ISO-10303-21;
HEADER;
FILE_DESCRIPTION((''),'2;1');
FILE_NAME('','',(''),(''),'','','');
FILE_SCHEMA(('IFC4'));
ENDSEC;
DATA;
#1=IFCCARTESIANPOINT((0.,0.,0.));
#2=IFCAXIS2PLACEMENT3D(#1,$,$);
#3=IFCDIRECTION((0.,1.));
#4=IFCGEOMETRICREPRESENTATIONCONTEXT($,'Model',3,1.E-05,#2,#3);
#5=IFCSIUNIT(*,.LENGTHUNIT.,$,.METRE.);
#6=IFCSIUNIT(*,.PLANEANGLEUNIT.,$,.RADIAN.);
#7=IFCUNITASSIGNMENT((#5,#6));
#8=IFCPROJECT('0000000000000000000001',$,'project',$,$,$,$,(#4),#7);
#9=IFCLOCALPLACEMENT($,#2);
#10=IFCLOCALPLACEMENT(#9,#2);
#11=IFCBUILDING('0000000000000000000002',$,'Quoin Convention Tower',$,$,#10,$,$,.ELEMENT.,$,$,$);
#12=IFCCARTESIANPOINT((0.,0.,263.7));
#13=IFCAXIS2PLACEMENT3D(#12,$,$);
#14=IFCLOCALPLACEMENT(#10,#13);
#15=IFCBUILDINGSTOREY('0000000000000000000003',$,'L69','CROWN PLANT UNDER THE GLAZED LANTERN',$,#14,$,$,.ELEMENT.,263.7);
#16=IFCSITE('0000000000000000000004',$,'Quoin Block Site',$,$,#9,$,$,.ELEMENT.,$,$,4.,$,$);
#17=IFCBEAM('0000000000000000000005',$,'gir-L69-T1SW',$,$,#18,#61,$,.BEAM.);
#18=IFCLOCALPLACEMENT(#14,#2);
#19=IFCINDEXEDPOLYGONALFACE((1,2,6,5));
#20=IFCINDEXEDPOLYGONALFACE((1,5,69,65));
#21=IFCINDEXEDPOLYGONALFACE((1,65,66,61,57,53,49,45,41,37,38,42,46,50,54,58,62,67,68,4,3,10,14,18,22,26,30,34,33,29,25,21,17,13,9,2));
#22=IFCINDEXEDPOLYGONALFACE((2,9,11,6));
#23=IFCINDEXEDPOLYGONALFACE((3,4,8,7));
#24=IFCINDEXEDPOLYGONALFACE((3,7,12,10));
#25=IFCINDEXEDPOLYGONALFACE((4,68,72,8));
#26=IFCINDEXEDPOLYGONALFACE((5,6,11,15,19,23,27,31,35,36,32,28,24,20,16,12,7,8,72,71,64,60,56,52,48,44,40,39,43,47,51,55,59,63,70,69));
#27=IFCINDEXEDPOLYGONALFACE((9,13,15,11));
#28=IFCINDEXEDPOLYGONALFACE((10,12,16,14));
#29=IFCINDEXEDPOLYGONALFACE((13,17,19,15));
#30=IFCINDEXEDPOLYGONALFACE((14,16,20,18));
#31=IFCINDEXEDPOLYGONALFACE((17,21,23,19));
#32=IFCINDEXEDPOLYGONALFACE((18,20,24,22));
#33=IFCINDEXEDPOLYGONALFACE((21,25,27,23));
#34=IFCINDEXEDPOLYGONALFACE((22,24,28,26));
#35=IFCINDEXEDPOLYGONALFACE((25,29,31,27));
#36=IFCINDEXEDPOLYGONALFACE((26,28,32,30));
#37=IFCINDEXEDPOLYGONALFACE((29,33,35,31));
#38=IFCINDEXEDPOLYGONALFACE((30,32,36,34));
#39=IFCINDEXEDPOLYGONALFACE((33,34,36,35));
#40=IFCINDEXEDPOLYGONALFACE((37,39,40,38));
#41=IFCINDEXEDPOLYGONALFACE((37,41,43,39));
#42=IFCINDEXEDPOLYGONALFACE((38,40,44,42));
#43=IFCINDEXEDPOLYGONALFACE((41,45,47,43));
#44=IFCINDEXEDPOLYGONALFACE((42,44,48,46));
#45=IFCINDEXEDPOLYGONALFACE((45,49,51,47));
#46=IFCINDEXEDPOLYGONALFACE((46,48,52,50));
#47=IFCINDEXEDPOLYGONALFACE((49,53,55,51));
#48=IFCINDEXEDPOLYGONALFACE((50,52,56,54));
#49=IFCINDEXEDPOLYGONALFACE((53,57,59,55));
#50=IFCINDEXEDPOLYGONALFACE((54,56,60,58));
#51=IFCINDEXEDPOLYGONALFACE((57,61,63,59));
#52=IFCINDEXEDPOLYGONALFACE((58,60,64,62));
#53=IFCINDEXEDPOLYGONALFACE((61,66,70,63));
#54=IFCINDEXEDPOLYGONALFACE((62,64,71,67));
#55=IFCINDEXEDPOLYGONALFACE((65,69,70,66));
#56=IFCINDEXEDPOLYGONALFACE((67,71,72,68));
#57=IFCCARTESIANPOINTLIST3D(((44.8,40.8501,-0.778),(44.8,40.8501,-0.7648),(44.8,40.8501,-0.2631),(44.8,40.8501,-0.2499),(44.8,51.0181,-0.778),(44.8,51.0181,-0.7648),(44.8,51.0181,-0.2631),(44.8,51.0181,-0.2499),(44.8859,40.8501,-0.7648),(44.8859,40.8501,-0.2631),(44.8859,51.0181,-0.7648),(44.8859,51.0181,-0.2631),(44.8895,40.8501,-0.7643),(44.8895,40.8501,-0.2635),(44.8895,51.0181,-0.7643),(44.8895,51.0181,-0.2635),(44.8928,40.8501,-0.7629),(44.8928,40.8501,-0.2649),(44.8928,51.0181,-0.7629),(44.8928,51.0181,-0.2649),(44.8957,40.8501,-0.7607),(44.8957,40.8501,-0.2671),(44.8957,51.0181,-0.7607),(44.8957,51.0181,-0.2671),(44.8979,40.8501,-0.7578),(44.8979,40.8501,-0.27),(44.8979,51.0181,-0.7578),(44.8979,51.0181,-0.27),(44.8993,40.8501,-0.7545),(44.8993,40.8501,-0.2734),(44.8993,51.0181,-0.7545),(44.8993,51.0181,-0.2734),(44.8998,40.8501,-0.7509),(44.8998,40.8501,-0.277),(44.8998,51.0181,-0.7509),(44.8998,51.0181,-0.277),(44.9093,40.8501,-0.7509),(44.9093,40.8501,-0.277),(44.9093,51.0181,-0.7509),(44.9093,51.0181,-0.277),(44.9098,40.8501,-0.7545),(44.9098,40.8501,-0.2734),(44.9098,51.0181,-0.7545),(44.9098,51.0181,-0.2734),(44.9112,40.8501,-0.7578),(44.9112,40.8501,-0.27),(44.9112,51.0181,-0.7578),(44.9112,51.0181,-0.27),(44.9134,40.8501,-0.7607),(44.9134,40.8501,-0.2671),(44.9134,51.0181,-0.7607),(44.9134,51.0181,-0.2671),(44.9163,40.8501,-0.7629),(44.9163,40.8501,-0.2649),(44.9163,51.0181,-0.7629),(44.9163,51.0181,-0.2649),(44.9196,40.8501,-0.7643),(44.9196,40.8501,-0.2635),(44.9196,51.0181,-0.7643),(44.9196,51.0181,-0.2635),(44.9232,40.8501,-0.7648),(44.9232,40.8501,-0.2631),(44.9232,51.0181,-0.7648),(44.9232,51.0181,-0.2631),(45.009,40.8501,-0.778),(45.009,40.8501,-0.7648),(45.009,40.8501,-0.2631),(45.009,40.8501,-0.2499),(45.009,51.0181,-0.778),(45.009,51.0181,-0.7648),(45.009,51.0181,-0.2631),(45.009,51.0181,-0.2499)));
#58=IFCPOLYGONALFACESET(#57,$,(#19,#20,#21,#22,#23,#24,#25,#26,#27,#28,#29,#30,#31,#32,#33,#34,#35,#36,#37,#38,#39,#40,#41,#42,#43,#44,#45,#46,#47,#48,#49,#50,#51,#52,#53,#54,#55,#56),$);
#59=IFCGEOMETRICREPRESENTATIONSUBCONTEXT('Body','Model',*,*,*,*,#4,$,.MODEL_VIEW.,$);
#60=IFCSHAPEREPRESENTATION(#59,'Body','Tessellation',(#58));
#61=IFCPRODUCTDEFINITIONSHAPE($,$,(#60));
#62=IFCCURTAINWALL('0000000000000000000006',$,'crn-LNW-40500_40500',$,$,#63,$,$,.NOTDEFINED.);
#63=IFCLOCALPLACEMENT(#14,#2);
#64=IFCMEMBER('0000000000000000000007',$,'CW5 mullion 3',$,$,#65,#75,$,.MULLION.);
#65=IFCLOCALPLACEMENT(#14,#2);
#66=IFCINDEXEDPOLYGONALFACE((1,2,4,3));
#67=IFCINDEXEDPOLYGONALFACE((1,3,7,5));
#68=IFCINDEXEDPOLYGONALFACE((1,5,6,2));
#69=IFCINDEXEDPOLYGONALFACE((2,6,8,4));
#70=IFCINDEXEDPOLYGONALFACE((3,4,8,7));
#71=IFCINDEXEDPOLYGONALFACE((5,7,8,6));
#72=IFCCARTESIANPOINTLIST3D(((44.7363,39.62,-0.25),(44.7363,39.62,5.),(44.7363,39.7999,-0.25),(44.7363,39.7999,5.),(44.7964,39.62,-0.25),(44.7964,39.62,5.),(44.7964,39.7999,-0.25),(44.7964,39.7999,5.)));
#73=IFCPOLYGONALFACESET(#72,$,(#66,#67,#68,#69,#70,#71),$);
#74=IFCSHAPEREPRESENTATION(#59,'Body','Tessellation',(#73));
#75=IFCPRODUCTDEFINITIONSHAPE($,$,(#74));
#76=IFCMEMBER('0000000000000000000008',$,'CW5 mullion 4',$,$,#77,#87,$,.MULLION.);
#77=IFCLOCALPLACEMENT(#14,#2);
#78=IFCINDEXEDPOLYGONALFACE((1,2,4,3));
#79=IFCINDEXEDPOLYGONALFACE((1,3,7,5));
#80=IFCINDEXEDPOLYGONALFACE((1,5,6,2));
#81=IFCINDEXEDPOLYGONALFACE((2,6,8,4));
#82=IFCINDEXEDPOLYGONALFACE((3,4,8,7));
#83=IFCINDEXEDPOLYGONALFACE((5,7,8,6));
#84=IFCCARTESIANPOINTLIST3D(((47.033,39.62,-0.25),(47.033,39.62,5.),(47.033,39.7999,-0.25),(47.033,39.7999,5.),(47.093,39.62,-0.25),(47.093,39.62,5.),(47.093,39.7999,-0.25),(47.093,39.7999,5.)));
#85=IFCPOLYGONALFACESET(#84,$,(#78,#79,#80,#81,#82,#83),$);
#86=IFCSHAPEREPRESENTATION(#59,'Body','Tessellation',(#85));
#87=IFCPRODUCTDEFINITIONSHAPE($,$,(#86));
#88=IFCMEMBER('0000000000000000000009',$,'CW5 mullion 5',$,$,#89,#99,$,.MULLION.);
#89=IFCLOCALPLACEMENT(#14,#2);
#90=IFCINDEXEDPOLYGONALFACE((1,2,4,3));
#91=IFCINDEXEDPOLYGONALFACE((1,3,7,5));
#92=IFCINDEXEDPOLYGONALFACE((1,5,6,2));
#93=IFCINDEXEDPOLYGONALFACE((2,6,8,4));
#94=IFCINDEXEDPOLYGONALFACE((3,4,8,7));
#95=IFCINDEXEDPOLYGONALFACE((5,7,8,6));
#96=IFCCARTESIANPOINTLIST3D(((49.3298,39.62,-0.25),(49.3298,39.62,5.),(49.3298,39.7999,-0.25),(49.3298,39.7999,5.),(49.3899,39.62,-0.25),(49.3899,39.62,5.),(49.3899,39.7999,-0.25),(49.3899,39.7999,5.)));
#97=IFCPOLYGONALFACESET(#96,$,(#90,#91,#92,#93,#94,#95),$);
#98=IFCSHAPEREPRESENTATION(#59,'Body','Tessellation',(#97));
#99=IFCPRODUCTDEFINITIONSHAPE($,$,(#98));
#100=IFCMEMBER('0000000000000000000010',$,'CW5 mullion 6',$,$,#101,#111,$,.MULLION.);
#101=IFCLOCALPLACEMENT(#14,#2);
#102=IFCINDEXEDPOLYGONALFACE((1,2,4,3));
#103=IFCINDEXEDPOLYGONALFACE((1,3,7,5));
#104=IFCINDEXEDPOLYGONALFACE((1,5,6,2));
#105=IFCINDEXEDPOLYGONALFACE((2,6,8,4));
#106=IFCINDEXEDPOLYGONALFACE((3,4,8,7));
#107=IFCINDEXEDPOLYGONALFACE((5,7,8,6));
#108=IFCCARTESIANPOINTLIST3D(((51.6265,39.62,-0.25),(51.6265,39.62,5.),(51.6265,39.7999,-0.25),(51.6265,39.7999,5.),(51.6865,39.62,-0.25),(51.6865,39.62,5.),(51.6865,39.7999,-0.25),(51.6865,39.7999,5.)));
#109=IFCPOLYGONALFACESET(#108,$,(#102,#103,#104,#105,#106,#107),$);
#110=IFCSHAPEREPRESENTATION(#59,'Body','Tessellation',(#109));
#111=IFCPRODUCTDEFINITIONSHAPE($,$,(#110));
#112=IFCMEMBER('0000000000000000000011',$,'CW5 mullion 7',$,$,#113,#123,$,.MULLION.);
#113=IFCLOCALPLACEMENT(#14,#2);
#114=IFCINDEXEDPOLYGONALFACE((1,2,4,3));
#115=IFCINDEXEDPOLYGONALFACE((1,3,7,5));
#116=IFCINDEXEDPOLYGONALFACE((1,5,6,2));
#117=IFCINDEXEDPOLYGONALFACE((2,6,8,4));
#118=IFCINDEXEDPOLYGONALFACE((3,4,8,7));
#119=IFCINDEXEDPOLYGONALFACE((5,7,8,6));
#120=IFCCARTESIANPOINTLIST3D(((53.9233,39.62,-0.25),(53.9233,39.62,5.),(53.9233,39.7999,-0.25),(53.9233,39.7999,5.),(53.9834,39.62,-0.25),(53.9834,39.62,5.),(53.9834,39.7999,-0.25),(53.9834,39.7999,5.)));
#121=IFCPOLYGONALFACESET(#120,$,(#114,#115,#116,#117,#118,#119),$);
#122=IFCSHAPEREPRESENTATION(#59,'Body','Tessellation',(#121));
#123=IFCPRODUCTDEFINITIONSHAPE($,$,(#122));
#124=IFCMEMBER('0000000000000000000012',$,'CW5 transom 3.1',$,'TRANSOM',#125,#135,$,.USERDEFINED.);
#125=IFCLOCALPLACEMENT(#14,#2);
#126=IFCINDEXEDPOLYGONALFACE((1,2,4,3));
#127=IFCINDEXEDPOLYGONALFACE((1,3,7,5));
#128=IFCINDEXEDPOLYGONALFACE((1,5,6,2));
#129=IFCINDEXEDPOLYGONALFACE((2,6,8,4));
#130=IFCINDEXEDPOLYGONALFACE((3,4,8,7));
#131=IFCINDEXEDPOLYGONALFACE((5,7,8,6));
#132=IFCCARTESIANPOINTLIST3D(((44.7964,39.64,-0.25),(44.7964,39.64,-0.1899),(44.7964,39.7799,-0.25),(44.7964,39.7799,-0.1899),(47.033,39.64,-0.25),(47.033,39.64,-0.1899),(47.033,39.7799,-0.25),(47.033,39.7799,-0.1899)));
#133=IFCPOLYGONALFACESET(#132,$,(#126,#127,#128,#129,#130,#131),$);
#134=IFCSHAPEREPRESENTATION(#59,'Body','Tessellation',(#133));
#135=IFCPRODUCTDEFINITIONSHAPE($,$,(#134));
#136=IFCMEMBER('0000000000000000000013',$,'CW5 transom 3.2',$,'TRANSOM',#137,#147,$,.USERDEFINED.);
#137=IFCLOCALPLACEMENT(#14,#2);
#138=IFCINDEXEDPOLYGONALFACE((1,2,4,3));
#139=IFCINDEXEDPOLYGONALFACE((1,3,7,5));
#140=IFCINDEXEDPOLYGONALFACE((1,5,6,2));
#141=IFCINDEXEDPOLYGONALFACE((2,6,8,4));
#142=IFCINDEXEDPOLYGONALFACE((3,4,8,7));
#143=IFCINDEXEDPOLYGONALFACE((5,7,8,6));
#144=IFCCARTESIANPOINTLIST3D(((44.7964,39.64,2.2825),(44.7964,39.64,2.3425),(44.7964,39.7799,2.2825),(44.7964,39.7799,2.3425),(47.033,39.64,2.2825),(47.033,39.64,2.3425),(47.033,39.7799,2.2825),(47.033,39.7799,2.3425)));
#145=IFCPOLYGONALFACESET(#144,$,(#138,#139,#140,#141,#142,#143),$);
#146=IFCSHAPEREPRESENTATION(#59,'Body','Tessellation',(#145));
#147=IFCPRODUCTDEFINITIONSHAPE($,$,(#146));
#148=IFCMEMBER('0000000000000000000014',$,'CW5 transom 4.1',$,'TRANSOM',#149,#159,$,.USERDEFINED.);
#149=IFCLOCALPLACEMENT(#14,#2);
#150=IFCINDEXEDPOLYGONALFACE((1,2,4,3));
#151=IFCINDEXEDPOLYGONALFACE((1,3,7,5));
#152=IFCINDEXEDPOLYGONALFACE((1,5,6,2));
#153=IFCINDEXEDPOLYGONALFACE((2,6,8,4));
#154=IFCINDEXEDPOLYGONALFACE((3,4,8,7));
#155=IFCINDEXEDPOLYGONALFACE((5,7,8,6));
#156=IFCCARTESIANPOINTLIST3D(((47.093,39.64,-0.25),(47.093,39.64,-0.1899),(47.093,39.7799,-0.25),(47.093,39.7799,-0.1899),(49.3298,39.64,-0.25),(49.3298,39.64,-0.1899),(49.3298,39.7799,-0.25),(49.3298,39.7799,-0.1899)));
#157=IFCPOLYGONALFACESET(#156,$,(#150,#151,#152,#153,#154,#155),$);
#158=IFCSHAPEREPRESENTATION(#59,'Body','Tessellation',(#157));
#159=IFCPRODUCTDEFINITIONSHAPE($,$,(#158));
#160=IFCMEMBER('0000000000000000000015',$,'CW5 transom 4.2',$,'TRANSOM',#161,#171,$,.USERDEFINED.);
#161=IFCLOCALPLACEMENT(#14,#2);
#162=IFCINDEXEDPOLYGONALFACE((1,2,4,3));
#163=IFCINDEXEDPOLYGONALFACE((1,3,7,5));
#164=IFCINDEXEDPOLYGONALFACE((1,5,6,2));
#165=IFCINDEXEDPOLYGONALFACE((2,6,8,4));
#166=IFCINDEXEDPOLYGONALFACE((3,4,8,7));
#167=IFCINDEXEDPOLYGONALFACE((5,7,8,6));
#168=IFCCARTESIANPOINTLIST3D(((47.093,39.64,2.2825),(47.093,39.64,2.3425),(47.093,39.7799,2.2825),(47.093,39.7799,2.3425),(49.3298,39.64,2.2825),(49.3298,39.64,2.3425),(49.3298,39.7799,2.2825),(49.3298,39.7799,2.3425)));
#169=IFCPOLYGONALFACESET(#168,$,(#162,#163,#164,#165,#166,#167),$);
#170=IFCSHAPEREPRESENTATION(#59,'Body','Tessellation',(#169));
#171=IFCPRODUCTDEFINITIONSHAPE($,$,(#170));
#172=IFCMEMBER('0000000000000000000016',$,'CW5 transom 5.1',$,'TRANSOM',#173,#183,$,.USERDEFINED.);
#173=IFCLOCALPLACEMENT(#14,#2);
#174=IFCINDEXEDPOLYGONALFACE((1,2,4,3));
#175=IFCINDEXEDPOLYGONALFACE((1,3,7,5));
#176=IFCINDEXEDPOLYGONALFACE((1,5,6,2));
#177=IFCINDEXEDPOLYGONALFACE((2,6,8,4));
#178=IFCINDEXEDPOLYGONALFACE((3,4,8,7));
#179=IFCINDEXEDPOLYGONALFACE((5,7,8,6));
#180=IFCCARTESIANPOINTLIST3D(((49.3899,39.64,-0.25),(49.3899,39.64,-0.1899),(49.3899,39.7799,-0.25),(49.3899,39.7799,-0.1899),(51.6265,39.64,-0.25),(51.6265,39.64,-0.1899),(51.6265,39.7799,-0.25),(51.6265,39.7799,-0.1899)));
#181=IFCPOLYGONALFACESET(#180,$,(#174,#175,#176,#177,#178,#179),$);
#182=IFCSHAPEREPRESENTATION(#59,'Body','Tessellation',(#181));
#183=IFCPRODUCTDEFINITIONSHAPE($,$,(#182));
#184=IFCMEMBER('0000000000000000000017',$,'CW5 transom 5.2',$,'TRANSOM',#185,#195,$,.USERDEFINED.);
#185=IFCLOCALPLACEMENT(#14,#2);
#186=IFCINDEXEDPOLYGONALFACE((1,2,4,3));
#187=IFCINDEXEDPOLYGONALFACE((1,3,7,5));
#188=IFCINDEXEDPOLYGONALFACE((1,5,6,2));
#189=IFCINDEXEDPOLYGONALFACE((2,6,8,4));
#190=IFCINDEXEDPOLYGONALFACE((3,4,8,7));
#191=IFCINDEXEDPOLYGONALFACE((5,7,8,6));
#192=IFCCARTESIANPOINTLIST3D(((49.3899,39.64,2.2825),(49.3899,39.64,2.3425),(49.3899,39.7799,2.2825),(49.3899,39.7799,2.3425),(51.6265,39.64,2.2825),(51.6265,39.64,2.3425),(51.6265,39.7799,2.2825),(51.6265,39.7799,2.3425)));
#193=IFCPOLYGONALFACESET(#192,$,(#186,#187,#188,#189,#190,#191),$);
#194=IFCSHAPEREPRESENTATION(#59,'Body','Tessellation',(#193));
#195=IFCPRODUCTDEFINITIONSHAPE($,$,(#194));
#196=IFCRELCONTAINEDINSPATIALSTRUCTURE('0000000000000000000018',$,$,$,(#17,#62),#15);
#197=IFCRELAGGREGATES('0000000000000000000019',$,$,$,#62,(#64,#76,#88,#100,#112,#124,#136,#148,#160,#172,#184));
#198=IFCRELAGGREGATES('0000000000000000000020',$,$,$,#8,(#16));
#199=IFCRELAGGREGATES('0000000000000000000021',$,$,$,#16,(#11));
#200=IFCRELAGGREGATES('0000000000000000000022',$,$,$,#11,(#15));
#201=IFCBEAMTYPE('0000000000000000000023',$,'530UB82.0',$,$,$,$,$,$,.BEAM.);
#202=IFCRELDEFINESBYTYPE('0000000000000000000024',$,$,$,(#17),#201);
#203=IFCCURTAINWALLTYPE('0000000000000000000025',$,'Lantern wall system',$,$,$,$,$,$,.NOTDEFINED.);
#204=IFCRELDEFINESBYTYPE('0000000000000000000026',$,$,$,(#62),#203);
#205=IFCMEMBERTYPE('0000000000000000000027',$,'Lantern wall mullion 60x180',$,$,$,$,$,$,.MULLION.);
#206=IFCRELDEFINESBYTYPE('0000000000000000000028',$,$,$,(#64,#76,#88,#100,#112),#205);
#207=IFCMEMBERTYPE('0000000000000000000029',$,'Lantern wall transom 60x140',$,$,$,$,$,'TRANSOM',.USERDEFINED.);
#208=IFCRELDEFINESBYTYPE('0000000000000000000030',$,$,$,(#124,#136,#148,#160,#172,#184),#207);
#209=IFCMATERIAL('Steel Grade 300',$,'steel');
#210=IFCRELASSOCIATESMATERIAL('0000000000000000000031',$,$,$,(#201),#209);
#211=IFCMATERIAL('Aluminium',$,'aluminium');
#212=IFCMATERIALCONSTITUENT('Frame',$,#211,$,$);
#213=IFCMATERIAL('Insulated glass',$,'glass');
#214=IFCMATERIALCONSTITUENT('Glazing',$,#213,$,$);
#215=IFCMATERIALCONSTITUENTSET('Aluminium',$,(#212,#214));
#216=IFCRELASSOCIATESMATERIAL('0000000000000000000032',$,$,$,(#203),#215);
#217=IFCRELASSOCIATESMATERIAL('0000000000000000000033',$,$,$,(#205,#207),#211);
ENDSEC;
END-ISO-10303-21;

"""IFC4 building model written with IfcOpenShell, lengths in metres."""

from ifc_helpers import new_model, si_unit, direction, frame, origin, origin_2d, place, context, subcontext, project, spatial, rectangle, i_section, extrude, material, constituent, constituent_set, material_profile, profile_set, type_object, element, aggregate, save


model = new_model("IFC4")

# Units and contexts
model_context = context("Model", 3, precision=1e-05, world=origin(), true_north=direction((0.0, 1.0)))
body_context = subcontext(model_context, "Body", "Model", "MODEL_VIEW")
ifc_project = project(units=[si_unit("LENGTHUNIT", "METRE"), si_unit("PLANEANGLEUNIT", "RADIAN")], contexts=[model_context])

# Site, building, storey
site_placement = place(None, origin())
site = spatial("IfcSite", under=ifc_project, at=site_placement, Name="Quoin Block Site", CompositionType="ELEMENT", RefElevation=4.0)
building_placement = place(site_placement, origin())
building = spatial("IfcBuilding", under=site, at=building_placement, Name="Quoin Convention Tower", CompositionType="ELEMENT")
storey_placement = place(building_placement, frame((0.0, 0.0, 263.7)))
storey = spatial("IfcBuildingStorey", under=building, at=storey_placement, Name="L69", Description="CROWN PLANT UNDER THE GLAZED LANTERN", CompositionType="ELEMENT", Elevation=263.7)

# Beam
ifc_material_1 = material(Name="Steel Grade 300", Category="steel")
ifc_material_profile_1 = material_profile(ifc_material_1, i_section(OverallWidth=0.209, OverallDepth=0.5281, WebThickness=0.0095, FlangeThickness=0.0132, FilletRadius=0.0139, at=origin_2d()), Name="530UB82.0")
ifc_profile_set_1 = profile_set([ifc_material_profile_1], Name="Steel Grade 300")
beam_type_1 = type_object("IfcBeamType", Name="530UB82.0", PredefinedType="BEAM", material=ifc_profile_set_1)
beam_1_placement = place(storey_placement, frame((44.9045, 40.8501, -0.5139), z_axis=(0.0, 1.0, 0.0), x_axis=(-1.0, 0.0, 0.0)))
element("IfcBeam", 1, at=beam_1_placement, inside=storey, type_object=beam_type_1, Name="gir-L69-T1SW", PredefinedType="BEAM", context=body_context, shape_type="SweptSolid", body=[
    extrude(i_section(OverallWidth=0.209, OverallDepth=0.5281, WebThickness=0.0095, FlangeThickness=0.0132, FilletRadius=0.0139, at=origin_2d()), origin(), (0.0, 0.0, 1.0), 10.168),
])

# Curtain wall, members
ifc_material_2 = material(Name="Aluminium", Category="aluminium")
ifc_constituent_1 = constituent(ifc_material_2, Name="Frame")
ifc_material_3 = material(Name="Insulated glass", Category="glass")
ifc_constituent_2 = constituent(ifc_material_3, Name="Glazing")
ifc_constituent_set = constituent_set(constituents=[ifc_constituent_1, ifc_constituent_2], Name="Aluminium")
curtain_wall_type = type_object("IfcCurtainWallType", Name="Lantern wall system", PredefinedType="NOTDEFINED", material=ifc_constituent_set)
curtain_wall_placement = place(storey_placement, origin())
curtain_wall = element("IfcCurtainWall", 2, at=curtain_wall_placement, inside=storey, type_object=curtain_wall_type, Name="crn-LNW-40500_40500", PredefinedType="NOTDEFINED")
ifc_material_profile_2 = material_profile(ifc_material_2, rectangle(XDim=0.1799, YDim=0.0601, at=origin_2d()), Name="Lantern wall mullion 60x180")
ifc_profile_set_2 = profile_set([ifc_material_profile_2], Name="Aluminium")
member_type_1 = type_object("IfcMemberType", Name="Lantern wall mullion 60x180", PredefinedType="MULLION", material=ifc_profile_set_2)
member_1_placement = place(storey_placement, frame((44.7664, 39.71, -0.25), z_axis=(0.0, 0.0, 1.0), x_axis=(0.0, 1.0, 0.0)))
member_1 = element("IfcMember", 3, at=member_1_placement, type_object=member_type_1, Name="CW5 mullion 3", PredefinedType="MULLION", context=body_context, shape_type="SweptSolid", body=[
    extrude(rectangle(XDim=0.1799, YDim=0.0601, at=origin_2d()), origin(), (0.0, 0.0, 1.0), 5.25),
])
member_2_placement = place(storey_placement, frame((47.063, 39.71, -0.25), z_axis=(0.0, 0.0, 1.0), x_axis=(0.0, 1.0, 0.0)))
member_2 = element("IfcMember", 4, at=member_2_placement, type_object=member_type_1, Name="CW5 mullion 4", PredefinedType="MULLION", context=body_context, shape_type="SweptSolid", body=[
    extrude(rectangle(XDim=0.1799, YDim=0.0601, at=origin_2d()), origin(), (0.0, 0.0, 1.0), 5.25),
])
member_3_placement = place(storey_placement, frame((49.3599, 39.71, -0.25), z_axis=(0.0, 0.0, 1.0), x_axis=(0.0, 1.0, 0.0)))
member_3 = element("IfcMember", 5, at=member_3_placement, type_object=member_type_1, Name="CW5 mullion 5", PredefinedType="MULLION", context=body_context, shape_type="SweptSolid", body=[
    extrude(rectangle(XDim=0.1799, YDim=0.0601, at=origin_2d()), origin(), (0.0, 0.0, 1.0), 5.25),
])
member_4_placement = place(storey_placement, frame((51.6565, 39.71, -0.25), z_axis=(0.0, 0.0, 1.0), x_axis=(0.0, 1.0, 0.0)))
member_4 = element("IfcMember", 6, at=member_4_placement, type_object=member_type_1, Name="CW5 mullion 6", PredefinedType="MULLION", context=body_context, shape_type="SweptSolid", body=[
    extrude(rectangle(XDim=0.1799, YDim=0.0601, at=origin_2d()), origin(), (0.0, 0.0, 1.0), 5.25),
])
member_5_placement = place(storey_placement, frame((53.9534, 39.71, -0.25), z_axis=(0.0, 0.0, 1.0), x_axis=(0.0, 1.0, 0.0)))
member_5 = element("IfcMember", 7, at=member_5_placement, type_object=member_type_1, Name="CW5 mullion 7", PredefinedType="MULLION", context=body_context, shape_type="SweptSolid", body=[
    extrude(rectangle(XDim=0.1799, YDim=0.0601, at=origin_2d()), origin(), (0.0, 0.0, 1.0), 5.25),
])
ifc_material_profile_3 = material_profile(ifc_material_2, rectangle(XDim=0.1399, YDim=0.0601, at=origin_2d()), Name="Lantern wall transom 60x140")
ifc_profile_set_3 = profile_set([ifc_material_profile_3], Name="Aluminium")
member_type_2 = type_object("IfcMemberType", Name="Lantern wall transom 60x140", ElementType="TRANSOM", PredefinedType="USERDEFINED", material=ifc_profile_set_3)
member_6_placement = place(storey_placement, frame((44.7964, 39.71, -0.22), z_axis=(1.0, 0.0, 0.0), x_axis=(0.0, 1.0, 0.0)))
member_6 = element("IfcMember", 8, at=member_6_placement, type_object=member_type_2, Name="CW5 transom 3.1", ObjectType="TRANSOM", PredefinedType="USERDEFINED", context=body_context, shape_type="SweptSolid", body=[
    extrude(rectangle(XDim=0.1399, YDim=0.0601, at=origin_2d()), origin(), (0.0, 0.0, 1.0), 2.2366),
])
member_7_placement = place(storey_placement, frame((44.7964, 39.71, 2.3125), z_axis=(1.0, 0.0, 0.0), x_axis=(0.0, 1.0, 0.0)))
member_7 = element("IfcMember", 9, at=member_7_placement, type_object=member_type_2, Name="CW5 transom 3.2", ObjectType="TRANSOM", PredefinedType="USERDEFINED", context=body_context, shape_type="SweptSolid", body=[
    extrude(rectangle(XDim=0.1399, YDim=0.0601, at=origin_2d()), origin(), (0.0, 0.0, 1.0), 2.2366),
])
member_8_placement = place(storey_placement, frame((47.093, 39.71, -0.22), z_axis=(1.0, 0.0, 0.0), x_axis=(0.0, 1.0, 0.0)))
member_8 = element("IfcMember", 10, at=member_8_placement, type_object=member_type_2, Name="CW5 transom 4.1", ObjectType="TRANSOM", PredefinedType="USERDEFINED", context=body_context, shape_type="SweptSolid", body=[
    extrude(rectangle(XDim=0.1399, YDim=0.0601, at=origin_2d()), origin(), (0.0, 0.0, 1.0), 2.2368),
])
member_9_placement = place(storey_placement, frame((47.093, 39.71, 2.3125), z_axis=(1.0, 0.0, 0.0), x_axis=(0.0, 1.0, 0.0)))
member_9 = element("IfcMember", 11, at=member_9_placement, type_object=member_type_2, Name="CW5 transom 4.2", ObjectType="TRANSOM", PredefinedType="USERDEFINED", context=body_context, shape_type="SweptSolid", body=[
    extrude(rectangle(XDim=0.1399, YDim=0.0601, at=origin_2d()), origin(), (0.0, 0.0, 1.0), 2.2368),
])
member_10_placement = place(storey_placement, frame((49.3899, 39.71, -0.22), z_axis=(1.0, 0.0, 0.0), x_axis=(0.0, 1.0, 0.0)))
member_10 = element("IfcMember", 12, at=member_10_placement, type_object=member_type_2, Name="CW5 transom 5.1", ObjectType="TRANSOM", PredefinedType="USERDEFINED", context=body_context, shape_type="SweptSolid", body=[
    extrude(rectangle(XDim=0.1399, YDim=0.0601, at=origin_2d()), origin(), (0.0, 0.0, 1.0), 2.2366),
])
member_11_placement = place(storey_placement, frame((49.3899, 39.71, 2.3125), z_axis=(1.0, 0.0, 0.0), x_axis=(0.0, 1.0, 0.0)))
member_11 = element("IfcMember", 13, at=member_11_placement, type_object=member_type_2, Name="CW5 transom 5.2", ObjectType="TRANSOM", PredefinedType="USERDEFINED", context=body_context, shape_type="SweptSolid", body=[
    extrude(rectangle(XDim=0.1399, YDim=0.0601, at=origin_2d()), origin(), (0.0, 0.0, 1.0), 2.2366),
])

aggregate(curtain_wall, [member_1, member_2, member_3, member_4, member_5, member_6, member_7, member_8, member_9, member_10, member_11])

save(model, "model.ifc")
